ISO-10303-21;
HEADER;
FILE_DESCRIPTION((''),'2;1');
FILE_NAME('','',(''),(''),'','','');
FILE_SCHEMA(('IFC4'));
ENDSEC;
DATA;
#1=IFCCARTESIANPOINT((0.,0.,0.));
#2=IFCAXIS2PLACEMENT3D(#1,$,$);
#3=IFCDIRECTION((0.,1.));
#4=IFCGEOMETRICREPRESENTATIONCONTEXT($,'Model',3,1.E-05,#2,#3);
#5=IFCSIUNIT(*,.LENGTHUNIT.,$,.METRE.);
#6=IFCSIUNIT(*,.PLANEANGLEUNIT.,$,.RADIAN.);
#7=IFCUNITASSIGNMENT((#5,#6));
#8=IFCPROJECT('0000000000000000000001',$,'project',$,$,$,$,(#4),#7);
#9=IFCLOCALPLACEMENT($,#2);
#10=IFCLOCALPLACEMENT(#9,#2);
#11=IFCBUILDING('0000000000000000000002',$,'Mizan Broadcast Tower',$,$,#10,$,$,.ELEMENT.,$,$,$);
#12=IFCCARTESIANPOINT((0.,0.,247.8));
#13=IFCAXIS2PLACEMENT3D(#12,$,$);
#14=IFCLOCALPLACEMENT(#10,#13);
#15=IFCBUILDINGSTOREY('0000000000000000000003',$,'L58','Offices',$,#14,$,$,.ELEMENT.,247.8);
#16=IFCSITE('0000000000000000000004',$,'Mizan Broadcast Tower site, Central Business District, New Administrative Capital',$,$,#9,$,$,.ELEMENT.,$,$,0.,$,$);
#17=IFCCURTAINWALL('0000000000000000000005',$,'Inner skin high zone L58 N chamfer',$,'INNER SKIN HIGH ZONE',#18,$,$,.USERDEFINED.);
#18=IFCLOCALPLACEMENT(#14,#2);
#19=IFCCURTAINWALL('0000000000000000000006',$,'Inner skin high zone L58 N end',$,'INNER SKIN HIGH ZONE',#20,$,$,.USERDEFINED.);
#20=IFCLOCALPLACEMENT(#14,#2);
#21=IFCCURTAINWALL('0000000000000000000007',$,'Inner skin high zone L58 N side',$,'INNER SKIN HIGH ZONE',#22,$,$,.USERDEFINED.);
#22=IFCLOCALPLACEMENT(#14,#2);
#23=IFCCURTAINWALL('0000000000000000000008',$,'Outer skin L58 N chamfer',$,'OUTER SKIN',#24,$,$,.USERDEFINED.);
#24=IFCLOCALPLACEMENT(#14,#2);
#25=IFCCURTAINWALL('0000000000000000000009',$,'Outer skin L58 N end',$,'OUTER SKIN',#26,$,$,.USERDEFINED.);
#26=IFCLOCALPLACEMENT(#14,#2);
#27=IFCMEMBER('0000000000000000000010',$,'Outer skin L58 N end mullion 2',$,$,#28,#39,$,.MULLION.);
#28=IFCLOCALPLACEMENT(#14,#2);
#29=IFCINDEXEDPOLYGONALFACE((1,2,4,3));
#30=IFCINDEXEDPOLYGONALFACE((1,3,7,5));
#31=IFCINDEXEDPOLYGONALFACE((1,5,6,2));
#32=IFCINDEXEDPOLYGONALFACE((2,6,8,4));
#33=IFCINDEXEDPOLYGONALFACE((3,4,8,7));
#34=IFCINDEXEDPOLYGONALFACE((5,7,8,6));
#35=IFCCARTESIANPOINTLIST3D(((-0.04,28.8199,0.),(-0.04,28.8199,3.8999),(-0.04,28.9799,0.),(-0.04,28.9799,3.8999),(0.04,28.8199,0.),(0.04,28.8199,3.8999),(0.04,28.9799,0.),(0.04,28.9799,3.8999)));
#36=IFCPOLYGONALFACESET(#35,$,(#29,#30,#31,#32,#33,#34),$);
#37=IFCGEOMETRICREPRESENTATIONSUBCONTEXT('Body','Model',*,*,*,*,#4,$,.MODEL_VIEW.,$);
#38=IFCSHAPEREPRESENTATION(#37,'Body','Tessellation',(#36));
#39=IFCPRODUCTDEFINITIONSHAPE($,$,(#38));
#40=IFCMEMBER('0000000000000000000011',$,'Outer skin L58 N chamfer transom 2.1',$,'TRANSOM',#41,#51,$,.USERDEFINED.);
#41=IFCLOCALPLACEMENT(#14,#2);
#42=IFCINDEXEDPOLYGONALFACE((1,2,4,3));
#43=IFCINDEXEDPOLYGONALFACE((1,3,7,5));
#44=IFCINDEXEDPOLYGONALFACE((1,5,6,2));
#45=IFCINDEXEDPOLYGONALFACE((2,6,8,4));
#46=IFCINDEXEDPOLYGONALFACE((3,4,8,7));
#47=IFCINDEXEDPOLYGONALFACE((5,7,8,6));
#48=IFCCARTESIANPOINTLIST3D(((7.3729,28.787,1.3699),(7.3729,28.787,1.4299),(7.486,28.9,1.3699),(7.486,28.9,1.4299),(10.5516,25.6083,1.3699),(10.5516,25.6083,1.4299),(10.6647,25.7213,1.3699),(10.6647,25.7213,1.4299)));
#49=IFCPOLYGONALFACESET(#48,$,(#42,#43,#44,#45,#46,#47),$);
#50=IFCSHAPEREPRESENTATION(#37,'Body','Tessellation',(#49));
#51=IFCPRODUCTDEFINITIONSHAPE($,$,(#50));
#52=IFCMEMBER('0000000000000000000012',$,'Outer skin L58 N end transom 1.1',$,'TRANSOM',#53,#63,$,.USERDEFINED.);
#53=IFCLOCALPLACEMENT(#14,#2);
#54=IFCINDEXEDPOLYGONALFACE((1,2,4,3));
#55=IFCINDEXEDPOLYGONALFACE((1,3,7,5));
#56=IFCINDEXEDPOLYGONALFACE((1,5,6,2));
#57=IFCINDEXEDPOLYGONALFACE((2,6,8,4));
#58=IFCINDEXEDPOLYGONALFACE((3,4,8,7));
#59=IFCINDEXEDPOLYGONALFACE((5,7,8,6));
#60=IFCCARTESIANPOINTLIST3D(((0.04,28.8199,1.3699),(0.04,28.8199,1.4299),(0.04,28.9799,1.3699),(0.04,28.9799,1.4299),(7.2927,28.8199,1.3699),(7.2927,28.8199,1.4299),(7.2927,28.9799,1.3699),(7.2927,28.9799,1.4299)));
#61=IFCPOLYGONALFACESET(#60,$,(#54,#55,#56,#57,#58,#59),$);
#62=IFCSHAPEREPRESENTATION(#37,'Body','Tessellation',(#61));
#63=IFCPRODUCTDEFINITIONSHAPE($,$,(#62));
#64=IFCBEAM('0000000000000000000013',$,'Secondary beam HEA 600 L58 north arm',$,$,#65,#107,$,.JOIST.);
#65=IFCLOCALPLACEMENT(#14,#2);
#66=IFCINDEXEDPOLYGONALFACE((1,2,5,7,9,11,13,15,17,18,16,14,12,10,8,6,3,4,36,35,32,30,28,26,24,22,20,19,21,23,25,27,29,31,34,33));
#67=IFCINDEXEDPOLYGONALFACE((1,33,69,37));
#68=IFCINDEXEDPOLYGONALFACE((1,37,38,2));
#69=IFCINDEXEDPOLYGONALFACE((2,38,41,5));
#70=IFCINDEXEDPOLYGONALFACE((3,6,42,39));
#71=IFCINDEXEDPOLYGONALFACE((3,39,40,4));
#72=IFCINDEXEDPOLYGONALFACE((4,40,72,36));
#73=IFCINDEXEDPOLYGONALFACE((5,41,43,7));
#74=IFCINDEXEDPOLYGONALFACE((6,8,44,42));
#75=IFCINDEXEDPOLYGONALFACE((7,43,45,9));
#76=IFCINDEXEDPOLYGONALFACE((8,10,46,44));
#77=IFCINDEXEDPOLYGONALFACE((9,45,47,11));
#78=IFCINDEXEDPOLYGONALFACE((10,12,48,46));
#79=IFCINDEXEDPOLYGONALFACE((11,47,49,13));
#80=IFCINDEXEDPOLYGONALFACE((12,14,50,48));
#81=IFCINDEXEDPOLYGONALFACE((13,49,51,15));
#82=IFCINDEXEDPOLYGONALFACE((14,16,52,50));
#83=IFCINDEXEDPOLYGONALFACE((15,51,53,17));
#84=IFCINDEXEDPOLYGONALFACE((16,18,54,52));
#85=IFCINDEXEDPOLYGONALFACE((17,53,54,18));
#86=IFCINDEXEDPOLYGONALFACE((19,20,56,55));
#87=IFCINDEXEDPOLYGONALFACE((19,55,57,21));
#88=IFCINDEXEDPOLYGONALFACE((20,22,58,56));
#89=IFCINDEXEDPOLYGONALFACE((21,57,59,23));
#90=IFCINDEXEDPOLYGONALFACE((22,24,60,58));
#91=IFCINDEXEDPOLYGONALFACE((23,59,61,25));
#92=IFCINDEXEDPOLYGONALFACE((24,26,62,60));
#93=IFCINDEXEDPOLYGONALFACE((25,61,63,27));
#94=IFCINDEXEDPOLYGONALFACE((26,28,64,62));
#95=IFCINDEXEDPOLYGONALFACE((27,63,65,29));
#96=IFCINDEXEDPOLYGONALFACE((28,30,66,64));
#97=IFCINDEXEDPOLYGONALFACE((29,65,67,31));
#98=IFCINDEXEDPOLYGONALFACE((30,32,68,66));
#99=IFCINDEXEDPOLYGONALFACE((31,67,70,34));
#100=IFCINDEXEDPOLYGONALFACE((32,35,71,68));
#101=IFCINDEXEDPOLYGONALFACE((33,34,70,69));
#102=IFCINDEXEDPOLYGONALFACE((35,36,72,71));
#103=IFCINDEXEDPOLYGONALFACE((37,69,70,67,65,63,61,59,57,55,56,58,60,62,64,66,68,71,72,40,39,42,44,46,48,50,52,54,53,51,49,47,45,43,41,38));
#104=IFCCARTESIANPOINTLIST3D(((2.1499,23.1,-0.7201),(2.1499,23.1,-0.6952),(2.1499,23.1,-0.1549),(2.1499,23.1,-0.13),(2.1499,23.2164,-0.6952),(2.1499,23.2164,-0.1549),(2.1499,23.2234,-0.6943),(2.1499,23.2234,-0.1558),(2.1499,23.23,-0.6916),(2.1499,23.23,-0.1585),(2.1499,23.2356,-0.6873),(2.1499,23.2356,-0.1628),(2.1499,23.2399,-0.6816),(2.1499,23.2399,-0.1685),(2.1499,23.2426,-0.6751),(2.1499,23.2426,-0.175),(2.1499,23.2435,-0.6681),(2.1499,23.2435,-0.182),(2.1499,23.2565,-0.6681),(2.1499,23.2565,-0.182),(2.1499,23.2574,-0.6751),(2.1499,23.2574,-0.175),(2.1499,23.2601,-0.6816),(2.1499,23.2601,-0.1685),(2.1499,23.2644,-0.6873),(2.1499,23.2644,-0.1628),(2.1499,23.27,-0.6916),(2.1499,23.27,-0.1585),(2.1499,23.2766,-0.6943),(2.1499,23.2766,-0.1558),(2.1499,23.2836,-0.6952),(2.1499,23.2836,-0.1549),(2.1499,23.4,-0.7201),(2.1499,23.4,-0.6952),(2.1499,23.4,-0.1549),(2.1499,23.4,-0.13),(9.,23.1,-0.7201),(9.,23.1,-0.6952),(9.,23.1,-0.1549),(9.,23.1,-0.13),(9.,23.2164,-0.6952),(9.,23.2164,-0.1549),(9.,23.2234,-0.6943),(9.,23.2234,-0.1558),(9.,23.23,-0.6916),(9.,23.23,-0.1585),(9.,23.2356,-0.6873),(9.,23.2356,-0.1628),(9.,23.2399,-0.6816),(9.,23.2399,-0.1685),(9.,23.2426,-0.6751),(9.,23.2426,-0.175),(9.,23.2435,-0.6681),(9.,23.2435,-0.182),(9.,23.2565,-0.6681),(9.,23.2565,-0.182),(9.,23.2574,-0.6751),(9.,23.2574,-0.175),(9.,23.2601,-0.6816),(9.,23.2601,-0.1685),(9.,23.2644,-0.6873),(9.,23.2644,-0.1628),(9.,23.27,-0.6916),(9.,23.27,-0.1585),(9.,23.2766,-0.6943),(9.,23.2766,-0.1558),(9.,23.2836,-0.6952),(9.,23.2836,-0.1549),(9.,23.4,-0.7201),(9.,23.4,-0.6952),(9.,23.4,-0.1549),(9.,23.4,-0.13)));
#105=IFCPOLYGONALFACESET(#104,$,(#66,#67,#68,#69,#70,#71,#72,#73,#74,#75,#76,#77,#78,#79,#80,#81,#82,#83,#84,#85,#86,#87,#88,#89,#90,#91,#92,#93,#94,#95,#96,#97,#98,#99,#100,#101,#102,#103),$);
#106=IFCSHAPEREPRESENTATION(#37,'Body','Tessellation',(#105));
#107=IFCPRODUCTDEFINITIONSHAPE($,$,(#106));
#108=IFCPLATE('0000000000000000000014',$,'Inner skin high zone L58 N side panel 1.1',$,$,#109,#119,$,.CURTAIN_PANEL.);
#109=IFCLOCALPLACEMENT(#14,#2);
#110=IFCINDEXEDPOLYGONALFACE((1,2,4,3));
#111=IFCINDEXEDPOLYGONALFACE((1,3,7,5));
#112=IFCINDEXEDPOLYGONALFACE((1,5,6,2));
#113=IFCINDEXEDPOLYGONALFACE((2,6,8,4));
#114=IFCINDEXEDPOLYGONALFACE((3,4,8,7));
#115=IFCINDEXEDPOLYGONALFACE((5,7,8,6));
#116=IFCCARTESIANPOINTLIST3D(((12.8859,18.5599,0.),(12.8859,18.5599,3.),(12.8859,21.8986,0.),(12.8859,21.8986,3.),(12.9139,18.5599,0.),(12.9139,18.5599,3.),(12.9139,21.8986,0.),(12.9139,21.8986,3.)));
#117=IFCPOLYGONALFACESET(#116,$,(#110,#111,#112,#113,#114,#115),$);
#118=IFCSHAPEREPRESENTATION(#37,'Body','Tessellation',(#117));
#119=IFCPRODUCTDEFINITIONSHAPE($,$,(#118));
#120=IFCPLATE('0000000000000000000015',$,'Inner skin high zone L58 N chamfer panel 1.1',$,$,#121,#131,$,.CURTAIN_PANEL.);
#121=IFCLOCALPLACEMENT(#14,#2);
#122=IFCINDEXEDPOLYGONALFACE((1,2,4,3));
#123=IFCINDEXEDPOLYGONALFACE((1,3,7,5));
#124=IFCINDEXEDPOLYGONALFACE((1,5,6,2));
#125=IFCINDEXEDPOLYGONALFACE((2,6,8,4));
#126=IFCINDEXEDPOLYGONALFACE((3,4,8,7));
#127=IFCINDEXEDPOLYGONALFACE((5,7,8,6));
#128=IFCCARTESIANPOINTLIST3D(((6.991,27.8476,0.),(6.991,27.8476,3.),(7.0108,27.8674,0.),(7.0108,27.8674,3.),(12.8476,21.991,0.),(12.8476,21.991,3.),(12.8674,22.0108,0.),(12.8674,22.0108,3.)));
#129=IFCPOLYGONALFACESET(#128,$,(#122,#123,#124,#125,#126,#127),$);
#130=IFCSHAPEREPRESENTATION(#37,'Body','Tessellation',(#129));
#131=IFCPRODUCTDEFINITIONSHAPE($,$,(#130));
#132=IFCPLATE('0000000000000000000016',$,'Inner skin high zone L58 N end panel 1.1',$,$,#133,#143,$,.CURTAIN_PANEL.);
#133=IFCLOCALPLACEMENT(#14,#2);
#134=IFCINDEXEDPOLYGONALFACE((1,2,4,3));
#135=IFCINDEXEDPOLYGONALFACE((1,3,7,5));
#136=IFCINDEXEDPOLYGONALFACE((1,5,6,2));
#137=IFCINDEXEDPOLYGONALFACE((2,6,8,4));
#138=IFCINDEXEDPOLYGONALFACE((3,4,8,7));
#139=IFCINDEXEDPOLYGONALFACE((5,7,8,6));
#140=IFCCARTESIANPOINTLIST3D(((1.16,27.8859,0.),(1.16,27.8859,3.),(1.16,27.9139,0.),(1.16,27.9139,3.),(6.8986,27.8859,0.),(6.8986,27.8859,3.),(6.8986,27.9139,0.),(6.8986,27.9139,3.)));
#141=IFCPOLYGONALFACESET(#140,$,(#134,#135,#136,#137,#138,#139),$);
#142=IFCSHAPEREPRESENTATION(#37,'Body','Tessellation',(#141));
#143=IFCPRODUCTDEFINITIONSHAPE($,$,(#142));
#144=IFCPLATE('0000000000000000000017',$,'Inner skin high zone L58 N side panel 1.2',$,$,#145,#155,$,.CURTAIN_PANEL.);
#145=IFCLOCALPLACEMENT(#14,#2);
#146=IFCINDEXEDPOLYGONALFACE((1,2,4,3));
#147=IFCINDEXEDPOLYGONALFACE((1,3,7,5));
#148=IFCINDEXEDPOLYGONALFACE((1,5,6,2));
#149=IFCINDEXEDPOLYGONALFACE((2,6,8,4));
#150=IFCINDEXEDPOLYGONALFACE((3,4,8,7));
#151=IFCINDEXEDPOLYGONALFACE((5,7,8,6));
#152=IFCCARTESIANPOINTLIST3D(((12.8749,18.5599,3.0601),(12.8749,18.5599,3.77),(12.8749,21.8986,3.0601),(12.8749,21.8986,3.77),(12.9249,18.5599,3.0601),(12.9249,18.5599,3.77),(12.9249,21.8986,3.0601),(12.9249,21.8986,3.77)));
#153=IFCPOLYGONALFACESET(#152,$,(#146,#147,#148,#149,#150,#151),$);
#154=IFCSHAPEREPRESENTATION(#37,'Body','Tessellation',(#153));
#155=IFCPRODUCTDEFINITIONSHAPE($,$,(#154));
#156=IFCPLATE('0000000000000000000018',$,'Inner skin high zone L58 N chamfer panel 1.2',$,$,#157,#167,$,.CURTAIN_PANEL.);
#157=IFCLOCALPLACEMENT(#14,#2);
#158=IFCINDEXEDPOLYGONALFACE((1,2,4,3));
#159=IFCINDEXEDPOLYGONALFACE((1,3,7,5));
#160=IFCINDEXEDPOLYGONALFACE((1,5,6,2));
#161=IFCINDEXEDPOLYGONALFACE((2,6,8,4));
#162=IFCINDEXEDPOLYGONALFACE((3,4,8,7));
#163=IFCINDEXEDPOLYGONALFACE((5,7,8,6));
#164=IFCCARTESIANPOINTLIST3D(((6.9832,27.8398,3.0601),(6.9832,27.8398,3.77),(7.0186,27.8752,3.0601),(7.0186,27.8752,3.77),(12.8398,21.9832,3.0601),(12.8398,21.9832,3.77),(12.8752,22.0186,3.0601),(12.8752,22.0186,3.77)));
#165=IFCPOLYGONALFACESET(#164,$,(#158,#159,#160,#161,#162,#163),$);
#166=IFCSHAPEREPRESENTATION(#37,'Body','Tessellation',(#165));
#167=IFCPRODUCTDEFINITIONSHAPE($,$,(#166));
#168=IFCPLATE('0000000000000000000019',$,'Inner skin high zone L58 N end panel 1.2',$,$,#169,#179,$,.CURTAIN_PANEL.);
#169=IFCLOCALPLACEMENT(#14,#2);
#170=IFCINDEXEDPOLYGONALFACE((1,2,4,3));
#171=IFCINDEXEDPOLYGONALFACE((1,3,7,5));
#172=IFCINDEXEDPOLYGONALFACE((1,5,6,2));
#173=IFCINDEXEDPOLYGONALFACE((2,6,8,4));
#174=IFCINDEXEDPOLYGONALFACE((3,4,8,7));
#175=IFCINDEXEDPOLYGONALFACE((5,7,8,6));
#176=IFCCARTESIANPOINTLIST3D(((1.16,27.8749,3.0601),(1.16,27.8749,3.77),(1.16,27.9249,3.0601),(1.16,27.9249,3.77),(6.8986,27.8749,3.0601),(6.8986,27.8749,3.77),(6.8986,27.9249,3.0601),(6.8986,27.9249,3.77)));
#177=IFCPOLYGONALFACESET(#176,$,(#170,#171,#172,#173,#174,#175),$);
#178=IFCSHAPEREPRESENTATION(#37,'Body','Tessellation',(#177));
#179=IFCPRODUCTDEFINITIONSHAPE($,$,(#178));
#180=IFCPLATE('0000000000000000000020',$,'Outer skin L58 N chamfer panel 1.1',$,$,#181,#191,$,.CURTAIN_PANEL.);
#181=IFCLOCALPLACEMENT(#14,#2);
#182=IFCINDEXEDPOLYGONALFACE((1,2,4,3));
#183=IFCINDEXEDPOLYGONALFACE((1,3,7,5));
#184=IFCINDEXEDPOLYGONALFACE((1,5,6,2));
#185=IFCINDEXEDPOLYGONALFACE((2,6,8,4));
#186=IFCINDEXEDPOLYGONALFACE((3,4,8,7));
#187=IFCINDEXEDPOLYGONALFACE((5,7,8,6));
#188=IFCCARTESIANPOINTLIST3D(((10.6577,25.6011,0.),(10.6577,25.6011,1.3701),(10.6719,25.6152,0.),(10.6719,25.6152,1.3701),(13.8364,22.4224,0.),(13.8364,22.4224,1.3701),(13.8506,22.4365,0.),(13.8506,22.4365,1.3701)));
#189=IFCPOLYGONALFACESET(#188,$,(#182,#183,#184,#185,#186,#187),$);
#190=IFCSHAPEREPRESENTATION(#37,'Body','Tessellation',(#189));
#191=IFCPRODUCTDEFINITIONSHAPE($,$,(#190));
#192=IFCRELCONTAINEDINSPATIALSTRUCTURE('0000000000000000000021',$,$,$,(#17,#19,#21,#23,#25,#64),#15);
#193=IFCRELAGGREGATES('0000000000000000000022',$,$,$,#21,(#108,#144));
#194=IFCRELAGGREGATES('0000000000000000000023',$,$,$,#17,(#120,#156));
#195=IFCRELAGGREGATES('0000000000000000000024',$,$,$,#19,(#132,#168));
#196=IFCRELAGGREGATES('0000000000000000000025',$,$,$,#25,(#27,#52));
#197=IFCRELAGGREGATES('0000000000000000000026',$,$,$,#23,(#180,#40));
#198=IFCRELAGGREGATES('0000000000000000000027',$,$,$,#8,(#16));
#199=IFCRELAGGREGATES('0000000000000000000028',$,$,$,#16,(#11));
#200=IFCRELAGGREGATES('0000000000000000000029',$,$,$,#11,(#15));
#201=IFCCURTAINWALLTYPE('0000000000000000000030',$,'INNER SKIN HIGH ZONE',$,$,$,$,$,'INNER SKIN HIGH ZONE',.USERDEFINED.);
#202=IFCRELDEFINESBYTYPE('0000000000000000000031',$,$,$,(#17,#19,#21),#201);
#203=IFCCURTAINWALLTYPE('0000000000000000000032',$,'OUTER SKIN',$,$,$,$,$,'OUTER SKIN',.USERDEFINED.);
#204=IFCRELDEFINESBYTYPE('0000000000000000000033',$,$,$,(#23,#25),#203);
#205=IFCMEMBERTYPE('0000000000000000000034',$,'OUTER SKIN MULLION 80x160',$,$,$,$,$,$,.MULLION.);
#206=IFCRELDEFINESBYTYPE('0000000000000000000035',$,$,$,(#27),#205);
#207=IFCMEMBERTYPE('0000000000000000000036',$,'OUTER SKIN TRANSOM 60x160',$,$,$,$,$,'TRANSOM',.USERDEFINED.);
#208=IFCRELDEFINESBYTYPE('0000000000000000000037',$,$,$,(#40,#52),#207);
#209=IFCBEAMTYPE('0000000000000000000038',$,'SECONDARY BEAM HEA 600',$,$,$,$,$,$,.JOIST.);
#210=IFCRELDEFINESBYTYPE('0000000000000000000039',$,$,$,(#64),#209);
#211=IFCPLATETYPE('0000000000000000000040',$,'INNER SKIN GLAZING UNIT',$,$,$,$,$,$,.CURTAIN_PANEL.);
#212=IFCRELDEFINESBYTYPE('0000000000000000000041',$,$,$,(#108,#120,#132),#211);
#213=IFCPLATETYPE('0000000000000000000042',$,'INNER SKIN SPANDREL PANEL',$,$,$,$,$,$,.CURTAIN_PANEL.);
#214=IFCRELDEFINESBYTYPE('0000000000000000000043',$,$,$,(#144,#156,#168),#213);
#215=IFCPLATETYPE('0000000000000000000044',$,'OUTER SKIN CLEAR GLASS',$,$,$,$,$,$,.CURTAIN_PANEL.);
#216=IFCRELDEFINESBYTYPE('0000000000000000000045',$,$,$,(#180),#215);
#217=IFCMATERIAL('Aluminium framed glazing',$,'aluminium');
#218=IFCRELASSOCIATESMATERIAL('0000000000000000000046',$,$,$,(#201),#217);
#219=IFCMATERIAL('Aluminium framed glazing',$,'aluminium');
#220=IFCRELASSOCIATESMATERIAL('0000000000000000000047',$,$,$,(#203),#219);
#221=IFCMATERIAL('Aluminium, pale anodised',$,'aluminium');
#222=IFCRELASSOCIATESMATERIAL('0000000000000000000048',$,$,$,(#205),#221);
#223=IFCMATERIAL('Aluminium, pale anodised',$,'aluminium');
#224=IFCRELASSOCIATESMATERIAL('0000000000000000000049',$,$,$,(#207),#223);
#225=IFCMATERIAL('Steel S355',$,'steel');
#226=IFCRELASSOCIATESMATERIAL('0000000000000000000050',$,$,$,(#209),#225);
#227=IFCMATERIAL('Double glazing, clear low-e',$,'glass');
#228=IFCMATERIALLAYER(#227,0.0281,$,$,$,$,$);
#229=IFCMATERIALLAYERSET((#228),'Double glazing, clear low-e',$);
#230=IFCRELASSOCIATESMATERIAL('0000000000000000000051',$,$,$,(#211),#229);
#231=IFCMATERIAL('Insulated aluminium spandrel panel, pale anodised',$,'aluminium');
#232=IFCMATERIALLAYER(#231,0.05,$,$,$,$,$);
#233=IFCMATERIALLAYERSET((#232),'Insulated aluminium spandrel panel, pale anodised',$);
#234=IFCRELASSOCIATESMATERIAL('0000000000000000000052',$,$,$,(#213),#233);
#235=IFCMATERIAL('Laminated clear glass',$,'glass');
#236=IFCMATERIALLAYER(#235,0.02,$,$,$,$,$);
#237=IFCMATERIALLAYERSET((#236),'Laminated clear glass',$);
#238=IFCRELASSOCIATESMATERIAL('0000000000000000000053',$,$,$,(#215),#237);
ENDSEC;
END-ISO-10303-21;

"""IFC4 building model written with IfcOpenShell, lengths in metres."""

from ifc_helpers import new_model, si_unit, direction, frame, origin, origin_2d, place, context, subcontext, project, spatial, rectangle, i_section, extrude, material, layer, layer_set, material_profile, profile_set, type_object, element, aggregate, save


model = new_model("IFC4")

# Units and contexts
model_context = context("Model", 3, precision=1e-05, world=origin(), true_north=direction((0.0, 1.0)))
body_context = subcontext(model_context, "Body", "Model", "MODEL_VIEW")
ifc_project = project(units=[si_unit("LENGTHUNIT", "METRE"), si_unit("PLANEANGLEUNIT", "RADIAN")], contexts=[model_context])

# Site, building, storey
site_placement = place(None, origin())
site = spatial("IfcSite", under=ifc_project, at=site_placement, Name="Mizan Broadcast Tower site, Central Business District, New Administrative Capital", CompositionType="ELEMENT", RefElevation=0.0)
building_placement = place(site_placement, origin())
building = spatial("IfcBuilding", under=site, at=building_placement, Name="Mizan Broadcast Tower", CompositionType="ELEMENT")
storey_placement = place(building_placement, frame((0.0, 0.0, 247.8)))
storey = spatial("IfcBuildingStorey", under=building, at=storey_placement, Name="L58", Description="Offices", CompositionType="ELEMENT", Elevation=247.8)

# Curtain walls
ifc_material_1 = material(Name="Aluminium framed glazing", Category="aluminium")
curtain_wall_type_1 = type_object("IfcCurtainWallType", Name="INNER SKIN HIGH ZONE", ElementType="INNER SKIN HIGH ZONE", PredefinedType="USERDEFINED", material=ifc_material_1)
curtain_wall_1_placement = place(storey_placement, origin())
curtain_wall_1 = element("IfcCurtainWall", 1, at=curtain_wall_1_placement, inside=storey, type_object=curtain_wall_type_1, Name="Inner skin high zone L58 N chamfer", ObjectType="INNER SKIN HIGH ZONE", PredefinedType="USERDEFINED")
curtain_wall_2_placement = place(storey_placement, origin())
curtain_wall_2 = element("IfcCurtainWall", 2, at=curtain_wall_2_placement, inside=storey, type_object=curtain_wall_type_1, Name="Inner skin high zone L58 N end", ObjectType="INNER SKIN HIGH ZONE", PredefinedType="USERDEFINED")
curtain_wall_3_placement = place(storey_placement, origin())
curtain_wall_3 = element("IfcCurtainWall", 3, at=curtain_wall_3_placement, inside=storey, type_object=curtain_wall_type_1, Name="Inner skin high zone L58 N side", ObjectType="INNER SKIN HIGH ZONE", PredefinedType="USERDEFINED")

# Curtain wall
ifc_material_2 = material(Name="Aluminium framed glazing", Category="aluminium")
curtain_wall_type_2 = type_object("IfcCurtainWallType", Name="OUTER SKIN", ElementType="OUTER SKIN", PredefinedType="USERDEFINED", material=ifc_material_2)
curtain_wall_4_placement = place(storey_placement, origin())
curtain_wall_4 = element("IfcCurtainWall", 4, at=curtain_wall_4_placement, inside=storey, type_object=curtain_wall_type_2, Name="Outer skin L58 N chamfer", ObjectType="OUTER SKIN", PredefinedType="USERDEFINED")
ifc_material_3 = material(Name="Aluminium, pale anodised", Category="aluminium")
ifc_material_profile_1 = material_profile(ifc_material_3, rectangle(XDim=0.1599, YDim=0.0801, at=origin_2d()), Name="MULLION 160x80")
ifc_profile_set_1 = profile_set([ifc_material_profile_1], Name="Aluminium, pale anodised")
member_type_1 = type_object("IfcMemberType", Name="OUTER SKIN MULLION 80x160", PredefinedType="MULLION", material=ifc_profile_set_1)

# Curtain wall, member
curtain_wall_5_placement = place(storey_placement, origin())
curtain_wall_5 = element("IfcCurtainWall", 5, at=curtain_wall_5_placement, inside=storey, type_object=curtain_wall_type_2, Name="Outer skin L58 N end", ObjectType="OUTER SKIN", PredefinedType="USERDEFINED")
member_1_placement = place(storey_placement, frame((0.0, 28.8999, 0.0), z_axis=(0.0, 0.0, 1.0), x_axis=(0.0, -1.0, 0.0)))
member_1 = element("IfcMember", 6, at=member_1_placement, type_object=member_type_1, Name="Outer skin L58 N end mullion 2", PredefinedType="MULLION", context=body_context, shape_type="SweptSolid", body=[
    extrude(rectangle(XDim=0.1599, YDim=0.0801, at=origin_2d()), origin(), (0.0, 0.0, 1.0), 3.8999),
])

# Members
ifc_material_4 = material(Name="Aluminium, pale anodised", Category="aluminium")
ifc_material_profile_2 = material_profile(ifc_material_4, rectangle(XDim=0.1599, YDim=0.0601, at=origin_2d()), Name="TRANSOM 160x60")
ifc_profile_set_2 = profile_set([ifc_material_profile_2], Name="Aluminium, pale anodised")
member_type_2 = type_object("IfcMemberType", Name="OUTER SKIN TRANSOM 60x160", ElementType="TRANSOM", PredefinedType="USERDEFINED", material=ifc_profile_set_2)
member_2_placement = place(storey_placement, frame((10.6082, 25.6648, 1.3999), z_axis=(-0.707107, 0.707107, 0.0), x_axis=(-0.707107, -0.707107, 0.0)))
member_2 = element("IfcMember", 7, at=member_2_placement, type_object=member_type_2, Name="Outer skin L58 N chamfer transom 2.1", ObjectType="TRANSOM", PredefinedType="USERDEFINED", context=body_context, shape_type="SweptSolid", body=[
    extrude(rectangle(XDim=0.1599, YDim=0.0601, at=origin_2d()), origin(), (0.0, 0.0, 1.0), 4.4954),
])
member_3_placement = place(storey_placement, frame((7.2927, 28.8999, 1.3999), z_axis=(-1.0, 0.0, 0.0), x_axis=(0.0, -1.0, 0.0)))
member_3 = element("IfcMember", 8, at=member_3_placement, type_object=member_type_2, Name="Outer skin L58 N end transom 1.1", ObjectType="TRANSOM", PredefinedType="USERDEFINED", context=body_context, shape_type="SweptSolid", body=[
    extrude(rectangle(XDim=0.1599, YDim=0.0601, at=origin_2d()), origin(), (0.0, 0.0, 1.0), 7.2527),
])

# Beam
ifc_material_5 = material(Name="Steel S355", Category="steel")
ifc_material_profile_3 = material_profile(ifc_material_5, i_section(OverallWidth=0.3, OverallDepth=0.5901, WebThickness=0.0129, FlangeThickness=0.0249, FilletRadius=0.0271, at=origin_2d()), Name="HEA 600")
ifc_profile_set_3 = profile_set([ifc_material_profile_3], Name="Steel S355")
beam_type_1 = type_object("IfcBeamType", Name="SECONDARY BEAM HEA 600", PredefinedType="JOIST", material=ifc_profile_set_3)
beam_1_placement = place(storey_placement, frame((9.0, 23.25, -0.425), z_axis=(-1.0, 0.0, 0.0), x_axis=(0.0, -1.0, 0.0)))
element("IfcBeam", 9, at=beam_1_placement, inside=storey, type_object=beam_type_1, Name="Secondary beam HEA 600 L58 north arm", PredefinedType="JOIST", context=body_context, shape_type="SweptSolid", body=[
    extrude(i_section(OverallWidth=0.3, OverallDepth=0.5901, WebThickness=0.0129, FlangeThickness=0.0249, FilletRadius=0.0271, at=origin_2d()), origin(), (0.0, 0.0, 1.0), 6.8501),
])

# Plates
ifc_material_6 = material(Name="Double glazing, clear low-e", Category="glass")
ifc_layer_1 = layer(ifc_material_6, 0.0281)
ifc_layer_set_1 = layer_set([ifc_layer_1], Name="Double glazing, clear low-e")
plate_type_1 = type_object("IfcPlateType", Name="INNER SKIN GLAZING UNIT", PredefinedType="CURTAIN_PANEL", material=ifc_layer_set_1)
plate_1_placement = place(storey_placement, frame((12.8999, 20.2292, 0.0), z_axis=(0.0, 0.0, 1.0), x_axis=(0.0, 1.0, 0.0)))
plate_1 = element("IfcPlate", 10, at=plate_1_placement, type_object=plate_type_1, Name="Inner skin high zone L58 N side panel 1.1", PredefinedType="CURTAIN_PANEL", context=body_context, shape_type="SweptSolid", body=[
    extrude(rectangle(XDim=3.3386, YDim=0.0281, at=origin_2d()), origin(), (0.0, 0.0, 1.0), 3.0),
])
plate_2_placement = place(storey_placement, frame((9.9292, 24.9292, 0.0), z_axis=(0.0, 0.0, 1.0), x_axis=(-0.707107, 0.707107, 0.0)))
plate_2 = element("IfcPlate", 11, at=plate_2_placement, type_object=plate_type_1, Name="Inner skin high zone L58 N chamfer panel 1.1", PredefinedType="CURTAIN_PANEL", context=body_context, shape_type="SweptSolid", body=[
    extrude(rectangle(XDim=8.2825, YDim=0.0281, at=origin_2d()), origin(), (0.0, 0.0, 1.0), 3.0),
])
plate_3_placement = place(storey_placement, frame((4.0293, 27.8999, 0.0), z_axis=(0.0, 0.0, 1.0), x_axis=(-1.0, 0.0, 0.0)))
plate_3 = element("IfcPlate", 12, at=plate_3_placement, type_object=plate_type_1, Name="Inner skin high zone L58 N end panel 1.1", PredefinedType="CURTAIN_PANEL", context=body_context, shape_type="SweptSolid", body=[
    extrude(rectangle(XDim=5.7385, YDim=0.0281, at=origin_2d()), origin(), (0.0, 0.0, 1.0), 3.0),
])
ifc_material_7 = material(Name="Insulated aluminium spandrel panel, pale anodised", Category="aluminium")
ifc_layer_2 = layer(ifc_material_7, 0.05)
ifc_layer_set_2 = layer_set([ifc_layer_2], Name="Insulated aluminium spandrel panel, pale anodised")
plate_type_2 = type_object("IfcPlateType", Name="INNER SKIN SPANDREL PANEL", PredefinedType="CURTAIN_PANEL", material=ifc_layer_set_2)
plate_4_placement = place(storey_placement, frame((12.8999, 20.2292, 3.0601), z_axis=(0.0, 0.0, 1.0), x_axis=(0.0, 1.0, 0.0)))
plate_4 = element("IfcPlate", 13, at=plate_4_placement, type_object=plate_type_2, Name="Inner skin high zone L58 N side panel 1.2", PredefinedType="CURTAIN_PANEL", context=body_context, shape_type="SweptSolid", body=[
    extrude(rectangle(XDim=3.3386, YDim=0.05, at=origin_2d()), origin(), (0.0, 0.0, 1.0), 0.71),
])
aggregate(curtain_wall_3, [plate_1, plate_4])
plate_5_placement = place(storey_placement, frame((9.9292, 24.9292, 3.0601), z_axis=(0.0, 0.0, 1.0), x_axis=(-0.707107, 0.707107, 0.0)))
plate_5 = element("IfcPlate", 14, at=plate_5_placement, type_object=plate_type_2, Name="Inner skin high zone L58 N chamfer panel 1.2", PredefinedType="CURTAIN_PANEL", context=body_context, shape_type="SweptSolid", body=[
    extrude(rectangle(XDim=8.2825, YDim=0.05, at=origin_2d()), origin(), (0.0, 0.0, 1.0), 0.71),
])
aggregate(curtain_wall_1, [plate_2, plate_5])
plate_6_placement = place(storey_placement, frame((4.0293, 27.8999, 3.0601), z_axis=(0.0, 0.0, 1.0), x_axis=(-1.0, 0.0, 0.0)))
plate_6 = element("IfcPlate", 15, at=plate_6_placement, type_object=plate_type_2, Name="Inner skin high zone L58 N end panel 1.2", PredefinedType="CURTAIN_PANEL", context=body_context, shape_type="SweptSolid", body=[
    extrude(rectangle(XDim=5.7385, YDim=0.05, at=origin_2d()), origin(), (0.0, 0.0, 1.0), 0.71),
])
aggregate(curtain_wall_2, [plate_3, plate_6])
ifc_material_8 = material(Name="Laminated clear glass", Category="glass")
ifc_layer_3 = layer(ifc_material_8, 0.02)
ifc_layer_set_3 = layer_set([ifc_layer_3], Name="Laminated clear glass")
plate_type_3 = type_object("IfcPlateType", Name="OUTER SKIN CLEAR GLASS", PredefinedType="CURTAIN_PANEL", material=ifc_layer_set_3)
plate_7_placement = place(storey_placement, frame((12.2542, 24.0188, 0.0), z_axis=(0.0, 0.0, 1.0), x_axis=(-0.707107, 0.707107, 0.0)))
plate_7 = element("IfcPlate", 16, at=plate_7_placement, type_object=plate_type_3, Name="Outer skin L58 N chamfer panel 1.1", PredefinedType="CURTAIN_PANEL", context=body_context, shape_type="SweptSolid", body=[
    extrude(rectangle(XDim=4.4954, YDim=0.02, at=origin_2d()), origin(), (0.0, 0.0, 1.0), 1.3701),
])
aggregate(curtain_wall_5, [member_1, member_3])
aggregate(curtain_wall_4, [plate_7, member_2])

save(model, "model.ifc")
